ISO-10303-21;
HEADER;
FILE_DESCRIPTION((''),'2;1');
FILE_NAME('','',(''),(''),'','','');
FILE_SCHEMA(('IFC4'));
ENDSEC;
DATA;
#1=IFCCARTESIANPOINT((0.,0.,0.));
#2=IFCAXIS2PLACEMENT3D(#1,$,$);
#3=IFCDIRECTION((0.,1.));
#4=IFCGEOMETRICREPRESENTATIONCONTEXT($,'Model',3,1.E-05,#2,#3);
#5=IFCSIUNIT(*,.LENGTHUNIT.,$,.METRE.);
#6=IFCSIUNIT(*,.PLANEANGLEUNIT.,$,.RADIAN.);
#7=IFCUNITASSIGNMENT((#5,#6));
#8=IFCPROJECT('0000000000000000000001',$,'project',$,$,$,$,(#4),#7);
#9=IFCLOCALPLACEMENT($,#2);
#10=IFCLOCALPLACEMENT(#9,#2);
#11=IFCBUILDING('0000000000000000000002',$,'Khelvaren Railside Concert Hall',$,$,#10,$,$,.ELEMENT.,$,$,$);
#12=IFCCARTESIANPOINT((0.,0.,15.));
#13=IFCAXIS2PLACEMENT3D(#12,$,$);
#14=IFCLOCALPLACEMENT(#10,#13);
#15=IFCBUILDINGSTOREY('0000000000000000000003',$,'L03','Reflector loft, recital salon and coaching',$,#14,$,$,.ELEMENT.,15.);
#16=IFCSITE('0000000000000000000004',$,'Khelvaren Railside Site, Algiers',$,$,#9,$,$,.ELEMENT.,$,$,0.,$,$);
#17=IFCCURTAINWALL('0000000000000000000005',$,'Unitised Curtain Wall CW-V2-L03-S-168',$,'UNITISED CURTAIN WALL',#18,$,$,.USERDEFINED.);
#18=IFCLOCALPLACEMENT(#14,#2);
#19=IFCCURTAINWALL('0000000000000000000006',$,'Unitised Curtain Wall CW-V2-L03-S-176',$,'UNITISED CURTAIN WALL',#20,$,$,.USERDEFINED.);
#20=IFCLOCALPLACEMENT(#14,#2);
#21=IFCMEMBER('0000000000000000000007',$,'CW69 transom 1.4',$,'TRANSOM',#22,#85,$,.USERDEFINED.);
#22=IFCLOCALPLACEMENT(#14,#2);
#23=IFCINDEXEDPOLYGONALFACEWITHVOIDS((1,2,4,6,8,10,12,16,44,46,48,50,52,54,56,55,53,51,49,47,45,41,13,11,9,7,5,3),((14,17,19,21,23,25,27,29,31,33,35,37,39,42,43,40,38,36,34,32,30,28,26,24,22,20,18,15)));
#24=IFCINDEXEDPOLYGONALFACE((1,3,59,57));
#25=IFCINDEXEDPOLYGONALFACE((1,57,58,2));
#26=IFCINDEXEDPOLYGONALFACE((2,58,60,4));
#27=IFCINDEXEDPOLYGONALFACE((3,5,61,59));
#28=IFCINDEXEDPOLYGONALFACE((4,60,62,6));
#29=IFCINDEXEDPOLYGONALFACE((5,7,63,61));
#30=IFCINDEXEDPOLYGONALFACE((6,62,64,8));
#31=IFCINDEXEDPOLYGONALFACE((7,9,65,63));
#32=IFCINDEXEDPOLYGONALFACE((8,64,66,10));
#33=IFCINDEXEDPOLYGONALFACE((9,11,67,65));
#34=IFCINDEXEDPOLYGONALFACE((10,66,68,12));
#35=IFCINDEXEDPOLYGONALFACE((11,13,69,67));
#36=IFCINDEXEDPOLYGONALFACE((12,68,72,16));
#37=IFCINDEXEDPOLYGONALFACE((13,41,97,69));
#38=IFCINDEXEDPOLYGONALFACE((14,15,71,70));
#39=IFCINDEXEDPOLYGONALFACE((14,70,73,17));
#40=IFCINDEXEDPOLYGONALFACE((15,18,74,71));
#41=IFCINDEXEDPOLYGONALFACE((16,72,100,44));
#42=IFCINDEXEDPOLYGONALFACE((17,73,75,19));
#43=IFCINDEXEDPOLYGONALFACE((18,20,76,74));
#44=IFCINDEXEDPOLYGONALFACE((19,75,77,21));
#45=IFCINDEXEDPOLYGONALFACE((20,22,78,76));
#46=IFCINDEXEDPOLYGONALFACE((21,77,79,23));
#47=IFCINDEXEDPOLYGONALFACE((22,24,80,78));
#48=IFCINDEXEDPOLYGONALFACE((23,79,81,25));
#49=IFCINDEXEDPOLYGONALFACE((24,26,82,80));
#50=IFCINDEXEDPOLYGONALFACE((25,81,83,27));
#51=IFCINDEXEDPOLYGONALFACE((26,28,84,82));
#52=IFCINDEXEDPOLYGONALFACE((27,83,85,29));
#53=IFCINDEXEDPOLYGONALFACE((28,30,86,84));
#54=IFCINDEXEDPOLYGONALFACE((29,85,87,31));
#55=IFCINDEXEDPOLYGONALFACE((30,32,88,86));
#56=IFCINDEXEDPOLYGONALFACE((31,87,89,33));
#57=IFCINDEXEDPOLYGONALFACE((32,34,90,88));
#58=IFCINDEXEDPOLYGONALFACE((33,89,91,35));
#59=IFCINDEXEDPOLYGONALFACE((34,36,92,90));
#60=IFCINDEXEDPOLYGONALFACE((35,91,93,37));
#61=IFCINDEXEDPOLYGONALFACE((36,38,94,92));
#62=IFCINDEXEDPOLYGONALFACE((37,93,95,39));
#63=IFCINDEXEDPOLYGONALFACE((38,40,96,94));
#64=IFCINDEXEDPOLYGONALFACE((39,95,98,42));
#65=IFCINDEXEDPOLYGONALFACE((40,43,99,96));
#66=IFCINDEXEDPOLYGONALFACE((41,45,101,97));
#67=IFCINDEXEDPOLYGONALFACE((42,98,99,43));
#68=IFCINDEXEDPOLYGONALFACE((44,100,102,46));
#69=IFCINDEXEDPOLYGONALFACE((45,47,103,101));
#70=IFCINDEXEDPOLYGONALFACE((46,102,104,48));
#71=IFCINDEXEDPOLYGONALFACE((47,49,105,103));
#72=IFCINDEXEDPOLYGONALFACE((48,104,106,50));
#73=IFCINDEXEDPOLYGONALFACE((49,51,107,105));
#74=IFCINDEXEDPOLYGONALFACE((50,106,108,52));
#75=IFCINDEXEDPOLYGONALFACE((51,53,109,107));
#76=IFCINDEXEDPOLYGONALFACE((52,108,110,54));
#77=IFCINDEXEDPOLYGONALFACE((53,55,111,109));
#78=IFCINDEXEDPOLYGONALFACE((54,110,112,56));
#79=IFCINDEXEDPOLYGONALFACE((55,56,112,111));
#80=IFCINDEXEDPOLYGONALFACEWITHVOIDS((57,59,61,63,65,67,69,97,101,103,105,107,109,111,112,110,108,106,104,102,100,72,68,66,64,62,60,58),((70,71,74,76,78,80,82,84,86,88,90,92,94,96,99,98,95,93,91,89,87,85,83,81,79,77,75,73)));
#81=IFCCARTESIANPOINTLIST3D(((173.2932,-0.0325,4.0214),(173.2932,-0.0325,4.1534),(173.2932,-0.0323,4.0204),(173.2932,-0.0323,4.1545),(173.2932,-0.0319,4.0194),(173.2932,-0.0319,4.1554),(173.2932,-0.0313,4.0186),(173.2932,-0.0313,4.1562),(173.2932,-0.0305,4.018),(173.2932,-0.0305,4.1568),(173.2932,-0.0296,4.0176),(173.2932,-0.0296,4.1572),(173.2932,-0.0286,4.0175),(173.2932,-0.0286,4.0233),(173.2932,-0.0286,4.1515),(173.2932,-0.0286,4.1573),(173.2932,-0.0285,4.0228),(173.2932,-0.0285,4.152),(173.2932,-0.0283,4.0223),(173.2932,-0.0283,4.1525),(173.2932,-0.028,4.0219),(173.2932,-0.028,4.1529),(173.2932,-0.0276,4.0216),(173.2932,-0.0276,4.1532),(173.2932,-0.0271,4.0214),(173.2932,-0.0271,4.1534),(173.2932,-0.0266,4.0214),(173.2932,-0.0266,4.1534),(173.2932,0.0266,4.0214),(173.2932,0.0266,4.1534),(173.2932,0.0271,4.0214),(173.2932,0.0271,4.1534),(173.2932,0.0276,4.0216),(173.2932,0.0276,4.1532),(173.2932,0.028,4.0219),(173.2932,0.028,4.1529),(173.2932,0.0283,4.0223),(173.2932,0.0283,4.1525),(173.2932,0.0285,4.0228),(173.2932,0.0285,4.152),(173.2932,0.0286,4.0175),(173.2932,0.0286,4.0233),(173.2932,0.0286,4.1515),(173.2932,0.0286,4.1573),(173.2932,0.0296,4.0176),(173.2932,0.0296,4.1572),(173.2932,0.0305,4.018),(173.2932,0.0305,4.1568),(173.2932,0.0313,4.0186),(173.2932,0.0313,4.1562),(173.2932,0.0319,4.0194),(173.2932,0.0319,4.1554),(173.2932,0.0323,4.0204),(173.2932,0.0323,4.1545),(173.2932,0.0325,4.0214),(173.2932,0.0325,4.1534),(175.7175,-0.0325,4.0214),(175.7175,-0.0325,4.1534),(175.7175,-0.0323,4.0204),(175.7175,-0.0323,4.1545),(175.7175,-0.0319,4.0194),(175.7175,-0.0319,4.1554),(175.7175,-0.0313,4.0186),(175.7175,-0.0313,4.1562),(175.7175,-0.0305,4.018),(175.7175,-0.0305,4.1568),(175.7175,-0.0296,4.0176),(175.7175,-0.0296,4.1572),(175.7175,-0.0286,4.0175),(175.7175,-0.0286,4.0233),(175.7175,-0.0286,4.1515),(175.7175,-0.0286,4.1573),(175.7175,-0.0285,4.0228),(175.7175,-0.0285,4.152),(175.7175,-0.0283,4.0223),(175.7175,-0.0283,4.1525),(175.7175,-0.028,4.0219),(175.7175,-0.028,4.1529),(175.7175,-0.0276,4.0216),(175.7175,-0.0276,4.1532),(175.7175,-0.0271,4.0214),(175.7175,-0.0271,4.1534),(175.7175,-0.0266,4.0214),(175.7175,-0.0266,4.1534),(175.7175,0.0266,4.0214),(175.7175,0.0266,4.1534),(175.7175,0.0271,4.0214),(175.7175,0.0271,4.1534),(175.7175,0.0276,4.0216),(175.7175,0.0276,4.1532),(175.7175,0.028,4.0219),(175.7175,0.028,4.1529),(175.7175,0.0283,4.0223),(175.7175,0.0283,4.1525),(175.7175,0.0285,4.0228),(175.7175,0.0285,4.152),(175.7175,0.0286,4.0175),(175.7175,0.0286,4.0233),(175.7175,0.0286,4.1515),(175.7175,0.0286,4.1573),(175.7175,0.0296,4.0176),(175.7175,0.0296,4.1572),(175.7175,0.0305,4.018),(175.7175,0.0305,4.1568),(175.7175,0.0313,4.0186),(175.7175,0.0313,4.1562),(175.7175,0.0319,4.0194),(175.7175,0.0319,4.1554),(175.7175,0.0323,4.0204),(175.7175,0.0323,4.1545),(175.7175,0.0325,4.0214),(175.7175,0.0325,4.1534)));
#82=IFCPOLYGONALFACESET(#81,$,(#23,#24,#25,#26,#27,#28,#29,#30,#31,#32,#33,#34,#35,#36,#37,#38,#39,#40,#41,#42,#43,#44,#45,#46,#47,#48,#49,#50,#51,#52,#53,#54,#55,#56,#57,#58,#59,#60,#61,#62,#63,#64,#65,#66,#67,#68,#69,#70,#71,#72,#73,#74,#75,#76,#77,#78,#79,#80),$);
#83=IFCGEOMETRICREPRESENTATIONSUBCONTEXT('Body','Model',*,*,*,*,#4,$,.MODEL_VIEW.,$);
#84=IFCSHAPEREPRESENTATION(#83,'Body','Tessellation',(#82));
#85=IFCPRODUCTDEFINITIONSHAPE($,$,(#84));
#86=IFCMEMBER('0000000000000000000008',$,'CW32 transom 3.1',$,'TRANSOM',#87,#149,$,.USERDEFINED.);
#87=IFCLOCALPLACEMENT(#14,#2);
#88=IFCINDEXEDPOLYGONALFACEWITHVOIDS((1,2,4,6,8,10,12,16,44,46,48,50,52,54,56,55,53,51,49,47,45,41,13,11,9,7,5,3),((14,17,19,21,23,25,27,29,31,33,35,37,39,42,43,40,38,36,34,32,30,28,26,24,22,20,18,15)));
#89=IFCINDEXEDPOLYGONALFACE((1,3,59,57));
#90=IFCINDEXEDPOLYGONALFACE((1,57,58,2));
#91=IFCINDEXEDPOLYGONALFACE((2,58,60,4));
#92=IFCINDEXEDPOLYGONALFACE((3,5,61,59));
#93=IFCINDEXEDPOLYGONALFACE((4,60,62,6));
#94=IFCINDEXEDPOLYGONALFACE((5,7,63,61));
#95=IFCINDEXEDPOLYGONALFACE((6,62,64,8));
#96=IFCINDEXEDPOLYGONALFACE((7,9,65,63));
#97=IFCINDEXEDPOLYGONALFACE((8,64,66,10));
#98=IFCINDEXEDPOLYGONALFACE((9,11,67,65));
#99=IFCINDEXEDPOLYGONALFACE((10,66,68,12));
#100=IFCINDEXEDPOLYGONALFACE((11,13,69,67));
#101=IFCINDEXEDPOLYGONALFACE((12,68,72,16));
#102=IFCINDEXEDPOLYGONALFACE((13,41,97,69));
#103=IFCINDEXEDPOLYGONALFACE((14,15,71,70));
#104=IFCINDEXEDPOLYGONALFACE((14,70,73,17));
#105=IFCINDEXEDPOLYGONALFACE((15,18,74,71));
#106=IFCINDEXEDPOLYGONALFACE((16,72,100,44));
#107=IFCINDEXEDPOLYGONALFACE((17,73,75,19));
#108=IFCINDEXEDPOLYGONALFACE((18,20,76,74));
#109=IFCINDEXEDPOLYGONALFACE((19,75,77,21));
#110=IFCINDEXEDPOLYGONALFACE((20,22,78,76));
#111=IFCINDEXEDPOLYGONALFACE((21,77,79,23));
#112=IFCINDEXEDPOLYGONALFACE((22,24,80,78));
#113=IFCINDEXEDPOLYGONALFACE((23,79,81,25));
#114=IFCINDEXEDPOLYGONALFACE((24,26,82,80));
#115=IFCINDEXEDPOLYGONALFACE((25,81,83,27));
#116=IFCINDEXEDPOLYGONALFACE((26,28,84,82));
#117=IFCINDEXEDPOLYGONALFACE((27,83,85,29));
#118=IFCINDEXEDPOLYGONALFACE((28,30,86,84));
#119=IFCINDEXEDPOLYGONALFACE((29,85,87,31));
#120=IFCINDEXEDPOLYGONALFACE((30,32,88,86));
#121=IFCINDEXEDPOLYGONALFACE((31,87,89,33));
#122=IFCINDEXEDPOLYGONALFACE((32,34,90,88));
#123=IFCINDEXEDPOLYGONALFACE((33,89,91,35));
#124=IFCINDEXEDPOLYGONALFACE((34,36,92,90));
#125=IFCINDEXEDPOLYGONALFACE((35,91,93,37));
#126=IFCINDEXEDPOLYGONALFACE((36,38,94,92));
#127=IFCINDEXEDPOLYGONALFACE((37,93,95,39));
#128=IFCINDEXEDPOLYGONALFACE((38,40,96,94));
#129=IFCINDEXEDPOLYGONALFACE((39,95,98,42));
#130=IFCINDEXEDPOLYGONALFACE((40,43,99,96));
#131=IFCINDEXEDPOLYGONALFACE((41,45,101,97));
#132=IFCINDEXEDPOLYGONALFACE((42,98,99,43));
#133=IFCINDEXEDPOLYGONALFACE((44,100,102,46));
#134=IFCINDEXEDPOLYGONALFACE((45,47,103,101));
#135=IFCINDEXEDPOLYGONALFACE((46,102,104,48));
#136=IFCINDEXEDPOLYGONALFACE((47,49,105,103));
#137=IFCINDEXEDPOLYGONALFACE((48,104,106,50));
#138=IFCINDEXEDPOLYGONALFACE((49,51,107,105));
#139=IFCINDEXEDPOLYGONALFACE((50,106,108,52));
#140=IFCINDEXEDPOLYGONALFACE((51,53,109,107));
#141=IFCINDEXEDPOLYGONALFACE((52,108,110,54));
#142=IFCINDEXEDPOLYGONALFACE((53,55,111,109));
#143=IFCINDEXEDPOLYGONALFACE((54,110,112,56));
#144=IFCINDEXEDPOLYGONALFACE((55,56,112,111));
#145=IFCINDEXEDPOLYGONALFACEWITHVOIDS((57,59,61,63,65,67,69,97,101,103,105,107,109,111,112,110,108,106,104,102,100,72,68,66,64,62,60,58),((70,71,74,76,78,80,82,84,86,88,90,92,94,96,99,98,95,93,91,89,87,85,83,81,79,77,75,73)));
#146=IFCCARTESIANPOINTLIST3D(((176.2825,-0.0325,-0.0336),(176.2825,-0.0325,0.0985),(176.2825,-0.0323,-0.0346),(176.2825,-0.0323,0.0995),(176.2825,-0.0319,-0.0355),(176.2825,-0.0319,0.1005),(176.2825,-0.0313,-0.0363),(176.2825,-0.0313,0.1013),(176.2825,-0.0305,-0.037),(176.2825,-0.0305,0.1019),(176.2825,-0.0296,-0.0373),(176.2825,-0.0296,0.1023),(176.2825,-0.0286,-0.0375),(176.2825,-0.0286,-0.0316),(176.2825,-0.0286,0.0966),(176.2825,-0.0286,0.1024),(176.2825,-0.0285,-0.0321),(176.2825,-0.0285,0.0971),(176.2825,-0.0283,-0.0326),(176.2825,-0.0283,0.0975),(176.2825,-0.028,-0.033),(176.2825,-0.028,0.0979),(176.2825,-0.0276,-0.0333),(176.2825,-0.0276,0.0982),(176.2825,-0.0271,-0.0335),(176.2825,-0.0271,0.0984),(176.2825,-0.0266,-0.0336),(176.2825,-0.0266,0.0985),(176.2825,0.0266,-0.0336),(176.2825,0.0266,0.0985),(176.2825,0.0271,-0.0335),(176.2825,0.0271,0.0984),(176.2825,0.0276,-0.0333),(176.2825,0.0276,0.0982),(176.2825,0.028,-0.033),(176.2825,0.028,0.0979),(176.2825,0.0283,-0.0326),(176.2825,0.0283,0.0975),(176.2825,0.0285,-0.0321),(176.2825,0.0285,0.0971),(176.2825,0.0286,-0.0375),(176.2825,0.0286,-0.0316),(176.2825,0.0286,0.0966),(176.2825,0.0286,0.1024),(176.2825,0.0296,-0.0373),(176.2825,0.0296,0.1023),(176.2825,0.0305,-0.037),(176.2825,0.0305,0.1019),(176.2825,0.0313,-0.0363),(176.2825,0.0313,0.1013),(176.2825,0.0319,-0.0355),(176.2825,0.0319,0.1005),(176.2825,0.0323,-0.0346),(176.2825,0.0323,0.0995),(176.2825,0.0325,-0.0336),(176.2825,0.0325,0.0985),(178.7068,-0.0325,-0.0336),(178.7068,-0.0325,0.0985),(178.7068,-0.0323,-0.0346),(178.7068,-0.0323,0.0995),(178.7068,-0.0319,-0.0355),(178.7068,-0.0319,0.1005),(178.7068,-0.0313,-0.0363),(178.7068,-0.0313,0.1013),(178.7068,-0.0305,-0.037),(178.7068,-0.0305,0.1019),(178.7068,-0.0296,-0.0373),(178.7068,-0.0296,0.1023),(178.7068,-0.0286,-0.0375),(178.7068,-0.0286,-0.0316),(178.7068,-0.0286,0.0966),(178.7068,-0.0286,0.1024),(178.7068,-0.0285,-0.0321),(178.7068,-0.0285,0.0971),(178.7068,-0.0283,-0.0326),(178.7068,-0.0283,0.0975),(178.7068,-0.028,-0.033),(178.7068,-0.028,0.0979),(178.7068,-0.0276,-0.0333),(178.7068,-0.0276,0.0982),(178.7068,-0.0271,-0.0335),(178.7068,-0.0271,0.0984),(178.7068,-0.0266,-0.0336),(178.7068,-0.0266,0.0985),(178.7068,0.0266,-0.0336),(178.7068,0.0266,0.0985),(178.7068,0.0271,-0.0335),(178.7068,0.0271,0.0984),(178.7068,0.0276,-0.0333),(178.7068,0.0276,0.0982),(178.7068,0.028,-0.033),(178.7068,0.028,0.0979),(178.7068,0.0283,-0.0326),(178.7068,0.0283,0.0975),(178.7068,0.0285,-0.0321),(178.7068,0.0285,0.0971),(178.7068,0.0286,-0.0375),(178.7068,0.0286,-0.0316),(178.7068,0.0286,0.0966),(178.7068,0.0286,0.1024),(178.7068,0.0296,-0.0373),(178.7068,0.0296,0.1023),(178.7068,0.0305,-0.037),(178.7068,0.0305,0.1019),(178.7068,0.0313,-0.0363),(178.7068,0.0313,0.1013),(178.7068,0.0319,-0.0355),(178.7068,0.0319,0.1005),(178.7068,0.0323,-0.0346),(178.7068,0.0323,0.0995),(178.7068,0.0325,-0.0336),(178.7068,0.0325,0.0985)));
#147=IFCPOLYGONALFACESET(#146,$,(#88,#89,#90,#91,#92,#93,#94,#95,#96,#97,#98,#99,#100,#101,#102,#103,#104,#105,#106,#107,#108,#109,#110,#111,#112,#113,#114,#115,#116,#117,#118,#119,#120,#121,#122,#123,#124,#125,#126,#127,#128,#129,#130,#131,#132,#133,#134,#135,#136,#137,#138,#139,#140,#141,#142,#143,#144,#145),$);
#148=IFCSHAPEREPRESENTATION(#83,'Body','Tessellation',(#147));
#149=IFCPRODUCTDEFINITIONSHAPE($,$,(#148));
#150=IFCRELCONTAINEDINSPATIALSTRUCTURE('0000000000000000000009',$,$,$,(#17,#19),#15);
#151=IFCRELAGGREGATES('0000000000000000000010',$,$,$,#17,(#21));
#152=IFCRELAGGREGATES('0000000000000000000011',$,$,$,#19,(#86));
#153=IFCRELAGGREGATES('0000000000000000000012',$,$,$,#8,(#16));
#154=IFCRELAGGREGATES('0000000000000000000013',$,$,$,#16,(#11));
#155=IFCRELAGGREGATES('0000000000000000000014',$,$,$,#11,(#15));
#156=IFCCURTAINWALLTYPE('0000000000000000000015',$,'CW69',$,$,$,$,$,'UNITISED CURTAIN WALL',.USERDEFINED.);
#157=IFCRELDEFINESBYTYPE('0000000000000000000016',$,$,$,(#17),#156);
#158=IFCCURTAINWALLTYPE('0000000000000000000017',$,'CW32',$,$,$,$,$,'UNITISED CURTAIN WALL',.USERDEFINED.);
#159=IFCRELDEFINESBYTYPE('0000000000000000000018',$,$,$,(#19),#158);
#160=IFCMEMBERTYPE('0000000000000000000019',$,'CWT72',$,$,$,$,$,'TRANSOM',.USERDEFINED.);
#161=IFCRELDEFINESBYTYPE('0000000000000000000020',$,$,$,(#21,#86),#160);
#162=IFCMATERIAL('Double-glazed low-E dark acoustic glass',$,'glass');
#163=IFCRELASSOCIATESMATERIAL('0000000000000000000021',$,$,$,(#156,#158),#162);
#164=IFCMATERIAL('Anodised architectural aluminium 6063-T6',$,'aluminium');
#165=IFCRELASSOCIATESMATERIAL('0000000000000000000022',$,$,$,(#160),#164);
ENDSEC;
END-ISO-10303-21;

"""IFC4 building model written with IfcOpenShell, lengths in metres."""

from ifc_helpers import new_model, si_unit, direction, frame, origin, origin_2d, place, context, subcontext, project, spatial, hollow_rectangle, extrude, material, material_profile, profile_set, type_object, element, aggregate, save


model = new_model("IFC4")

# Units and contexts
model_context = context("Model", 3, precision=1e-05, world=origin(), true_north=direction((0.0, 1.0)))
body_context = subcontext(model_context, "Body", "Model", "MODEL_VIEW")
ifc_project = project(units=[si_unit("LENGTHUNIT", "METRE"), si_unit("PLANEANGLEUNIT", "RADIAN")], contexts=[model_context])

# Site, building, storey
site_placement = place(None, origin())
site = spatial("IfcSite", under=ifc_project, at=site_placement, Name="Khelvaren Railside Site, Algiers", CompositionType="ELEMENT", RefElevation=0.0)
building_placement = place(site_placement, origin())
building = spatial("IfcBuilding", under=site, at=building_placement, Name="Khelvaren Railside Concert Hall", CompositionType="ELEMENT")
storey_placement = place(building_placement, frame((0.0, 0.0, 15.0)))
storey = spatial("IfcBuildingStorey", under=building, at=storey_placement, Name="L03", Description="Reflector loft, recital salon and coaching", CompositionType="ELEMENT", Elevation=15.0)

# Curtain wall
ifc_material_1 = material(Name="Double-glazed low-E dark acoustic glass", Category="glass")
curtain_wall_type_1 = type_object("IfcCurtainWallType", Name="CW69", ElementType="UNITISED CURTAIN WALL", PredefinedType="USERDEFINED", material=ifc_material_1)
curtain_wall_1_placement = place(storey_placement, origin())
curtain_wall_1 = element("IfcCurtainWall", 1, at=curtain_wall_1_placement, inside=storey, type_object=curtain_wall_type_1, Name="Unitised Curtain Wall CW-V2-L03-S-168", ObjectType="UNITISED CURTAIN WALL", PredefinedType="USERDEFINED")
ifc_material_2 = material(Name="Anodised architectural aluminium 6063-T6", Category="aluminium")

# Curtain wall
curtain_wall_type_2 = type_object("IfcCurtainWallType", Name="CW32", ElementType="UNITISED CURTAIN WALL", PredefinedType="USERDEFINED", material=ifc_material_1)
curtain_wall_2_placement = place(storey_placement, origin())
curtain_wall_2 = element("IfcCurtainWall", 2, at=curtain_wall_2_placement, inside=storey, type_object=curtain_wall_type_2, Name="Unitised Curtain Wall CW-V2-L03-S-176", ObjectType="UNITISED CURTAIN WALL", PredefinedType="USERDEFINED")

# Members
ifc_material_profile_1 = material_profile(ifc_material_2, hollow_rectangle(XDim=0.0649, YDim=0.1399, WallThickness=0.0039, InnerFilletRadius=0.002, OuterFilletRadius=0.0039, at=origin_2d()), Name="CWT 65x140x4")
ifc_profile_set_1 = profile_set([ifc_material_profile_1], Name="Anodised architectural aluminium 6063-T6")
member_type_1 = type_object("IfcMemberType", Name="CWT72", ElementType="TRANSOM", PredefinedType="USERDEFINED", material=ifc_profile_set_1)
member_1_placement = place(storey_placement, frame((175.7175, 0.0, 4.0874), z_axis=(-1.0, 0.0, 0.0), x_axis=(0.0, -1.0, 0.0)))
member_1 = element("IfcMember", 3, at=member_1_placement, type_object=member_type_1, Name="CW69 transom 1.4", ObjectType="TRANSOM", PredefinedType="USERDEFINED", context=body_context, shape_type="SweptSolid", body=[
    extrude(hollow_rectangle(XDim=0.0649, YDim=0.1399, WallThickness=0.0039, InnerFilletRadius=0.002, OuterFilletRadius=0.0039, at=origin_2d()), origin(), (0.0, 0.0, 1.0), 2.4243),
])
member_2_placement = place(storey_placement, frame((178.7068, 0.0, 0.0325), z_axis=(-1.0, 0.0, 0.0), x_axis=(0.0, -1.0, 0.0)))
member_2 = element("IfcMember", 4, at=member_2_placement, type_object=member_type_1, Name="CW32 transom 3.1", ObjectType="TRANSOM", PredefinedType="USERDEFINED", context=body_context, shape_type="SweptSolid", body=[
    extrude(hollow_rectangle(XDim=0.0649, YDim=0.1399, WallThickness=0.0039, InnerFilletRadius=0.002, OuterFilletRadius=0.0039, at=origin_2d()), origin(), (0.0, 0.0, 1.0), 2.4243),
])

aggregate(curtain_wall_1, [member_1])
aggregate(curtain_wall_2, [member_2])

save(model, "model.ifc")
